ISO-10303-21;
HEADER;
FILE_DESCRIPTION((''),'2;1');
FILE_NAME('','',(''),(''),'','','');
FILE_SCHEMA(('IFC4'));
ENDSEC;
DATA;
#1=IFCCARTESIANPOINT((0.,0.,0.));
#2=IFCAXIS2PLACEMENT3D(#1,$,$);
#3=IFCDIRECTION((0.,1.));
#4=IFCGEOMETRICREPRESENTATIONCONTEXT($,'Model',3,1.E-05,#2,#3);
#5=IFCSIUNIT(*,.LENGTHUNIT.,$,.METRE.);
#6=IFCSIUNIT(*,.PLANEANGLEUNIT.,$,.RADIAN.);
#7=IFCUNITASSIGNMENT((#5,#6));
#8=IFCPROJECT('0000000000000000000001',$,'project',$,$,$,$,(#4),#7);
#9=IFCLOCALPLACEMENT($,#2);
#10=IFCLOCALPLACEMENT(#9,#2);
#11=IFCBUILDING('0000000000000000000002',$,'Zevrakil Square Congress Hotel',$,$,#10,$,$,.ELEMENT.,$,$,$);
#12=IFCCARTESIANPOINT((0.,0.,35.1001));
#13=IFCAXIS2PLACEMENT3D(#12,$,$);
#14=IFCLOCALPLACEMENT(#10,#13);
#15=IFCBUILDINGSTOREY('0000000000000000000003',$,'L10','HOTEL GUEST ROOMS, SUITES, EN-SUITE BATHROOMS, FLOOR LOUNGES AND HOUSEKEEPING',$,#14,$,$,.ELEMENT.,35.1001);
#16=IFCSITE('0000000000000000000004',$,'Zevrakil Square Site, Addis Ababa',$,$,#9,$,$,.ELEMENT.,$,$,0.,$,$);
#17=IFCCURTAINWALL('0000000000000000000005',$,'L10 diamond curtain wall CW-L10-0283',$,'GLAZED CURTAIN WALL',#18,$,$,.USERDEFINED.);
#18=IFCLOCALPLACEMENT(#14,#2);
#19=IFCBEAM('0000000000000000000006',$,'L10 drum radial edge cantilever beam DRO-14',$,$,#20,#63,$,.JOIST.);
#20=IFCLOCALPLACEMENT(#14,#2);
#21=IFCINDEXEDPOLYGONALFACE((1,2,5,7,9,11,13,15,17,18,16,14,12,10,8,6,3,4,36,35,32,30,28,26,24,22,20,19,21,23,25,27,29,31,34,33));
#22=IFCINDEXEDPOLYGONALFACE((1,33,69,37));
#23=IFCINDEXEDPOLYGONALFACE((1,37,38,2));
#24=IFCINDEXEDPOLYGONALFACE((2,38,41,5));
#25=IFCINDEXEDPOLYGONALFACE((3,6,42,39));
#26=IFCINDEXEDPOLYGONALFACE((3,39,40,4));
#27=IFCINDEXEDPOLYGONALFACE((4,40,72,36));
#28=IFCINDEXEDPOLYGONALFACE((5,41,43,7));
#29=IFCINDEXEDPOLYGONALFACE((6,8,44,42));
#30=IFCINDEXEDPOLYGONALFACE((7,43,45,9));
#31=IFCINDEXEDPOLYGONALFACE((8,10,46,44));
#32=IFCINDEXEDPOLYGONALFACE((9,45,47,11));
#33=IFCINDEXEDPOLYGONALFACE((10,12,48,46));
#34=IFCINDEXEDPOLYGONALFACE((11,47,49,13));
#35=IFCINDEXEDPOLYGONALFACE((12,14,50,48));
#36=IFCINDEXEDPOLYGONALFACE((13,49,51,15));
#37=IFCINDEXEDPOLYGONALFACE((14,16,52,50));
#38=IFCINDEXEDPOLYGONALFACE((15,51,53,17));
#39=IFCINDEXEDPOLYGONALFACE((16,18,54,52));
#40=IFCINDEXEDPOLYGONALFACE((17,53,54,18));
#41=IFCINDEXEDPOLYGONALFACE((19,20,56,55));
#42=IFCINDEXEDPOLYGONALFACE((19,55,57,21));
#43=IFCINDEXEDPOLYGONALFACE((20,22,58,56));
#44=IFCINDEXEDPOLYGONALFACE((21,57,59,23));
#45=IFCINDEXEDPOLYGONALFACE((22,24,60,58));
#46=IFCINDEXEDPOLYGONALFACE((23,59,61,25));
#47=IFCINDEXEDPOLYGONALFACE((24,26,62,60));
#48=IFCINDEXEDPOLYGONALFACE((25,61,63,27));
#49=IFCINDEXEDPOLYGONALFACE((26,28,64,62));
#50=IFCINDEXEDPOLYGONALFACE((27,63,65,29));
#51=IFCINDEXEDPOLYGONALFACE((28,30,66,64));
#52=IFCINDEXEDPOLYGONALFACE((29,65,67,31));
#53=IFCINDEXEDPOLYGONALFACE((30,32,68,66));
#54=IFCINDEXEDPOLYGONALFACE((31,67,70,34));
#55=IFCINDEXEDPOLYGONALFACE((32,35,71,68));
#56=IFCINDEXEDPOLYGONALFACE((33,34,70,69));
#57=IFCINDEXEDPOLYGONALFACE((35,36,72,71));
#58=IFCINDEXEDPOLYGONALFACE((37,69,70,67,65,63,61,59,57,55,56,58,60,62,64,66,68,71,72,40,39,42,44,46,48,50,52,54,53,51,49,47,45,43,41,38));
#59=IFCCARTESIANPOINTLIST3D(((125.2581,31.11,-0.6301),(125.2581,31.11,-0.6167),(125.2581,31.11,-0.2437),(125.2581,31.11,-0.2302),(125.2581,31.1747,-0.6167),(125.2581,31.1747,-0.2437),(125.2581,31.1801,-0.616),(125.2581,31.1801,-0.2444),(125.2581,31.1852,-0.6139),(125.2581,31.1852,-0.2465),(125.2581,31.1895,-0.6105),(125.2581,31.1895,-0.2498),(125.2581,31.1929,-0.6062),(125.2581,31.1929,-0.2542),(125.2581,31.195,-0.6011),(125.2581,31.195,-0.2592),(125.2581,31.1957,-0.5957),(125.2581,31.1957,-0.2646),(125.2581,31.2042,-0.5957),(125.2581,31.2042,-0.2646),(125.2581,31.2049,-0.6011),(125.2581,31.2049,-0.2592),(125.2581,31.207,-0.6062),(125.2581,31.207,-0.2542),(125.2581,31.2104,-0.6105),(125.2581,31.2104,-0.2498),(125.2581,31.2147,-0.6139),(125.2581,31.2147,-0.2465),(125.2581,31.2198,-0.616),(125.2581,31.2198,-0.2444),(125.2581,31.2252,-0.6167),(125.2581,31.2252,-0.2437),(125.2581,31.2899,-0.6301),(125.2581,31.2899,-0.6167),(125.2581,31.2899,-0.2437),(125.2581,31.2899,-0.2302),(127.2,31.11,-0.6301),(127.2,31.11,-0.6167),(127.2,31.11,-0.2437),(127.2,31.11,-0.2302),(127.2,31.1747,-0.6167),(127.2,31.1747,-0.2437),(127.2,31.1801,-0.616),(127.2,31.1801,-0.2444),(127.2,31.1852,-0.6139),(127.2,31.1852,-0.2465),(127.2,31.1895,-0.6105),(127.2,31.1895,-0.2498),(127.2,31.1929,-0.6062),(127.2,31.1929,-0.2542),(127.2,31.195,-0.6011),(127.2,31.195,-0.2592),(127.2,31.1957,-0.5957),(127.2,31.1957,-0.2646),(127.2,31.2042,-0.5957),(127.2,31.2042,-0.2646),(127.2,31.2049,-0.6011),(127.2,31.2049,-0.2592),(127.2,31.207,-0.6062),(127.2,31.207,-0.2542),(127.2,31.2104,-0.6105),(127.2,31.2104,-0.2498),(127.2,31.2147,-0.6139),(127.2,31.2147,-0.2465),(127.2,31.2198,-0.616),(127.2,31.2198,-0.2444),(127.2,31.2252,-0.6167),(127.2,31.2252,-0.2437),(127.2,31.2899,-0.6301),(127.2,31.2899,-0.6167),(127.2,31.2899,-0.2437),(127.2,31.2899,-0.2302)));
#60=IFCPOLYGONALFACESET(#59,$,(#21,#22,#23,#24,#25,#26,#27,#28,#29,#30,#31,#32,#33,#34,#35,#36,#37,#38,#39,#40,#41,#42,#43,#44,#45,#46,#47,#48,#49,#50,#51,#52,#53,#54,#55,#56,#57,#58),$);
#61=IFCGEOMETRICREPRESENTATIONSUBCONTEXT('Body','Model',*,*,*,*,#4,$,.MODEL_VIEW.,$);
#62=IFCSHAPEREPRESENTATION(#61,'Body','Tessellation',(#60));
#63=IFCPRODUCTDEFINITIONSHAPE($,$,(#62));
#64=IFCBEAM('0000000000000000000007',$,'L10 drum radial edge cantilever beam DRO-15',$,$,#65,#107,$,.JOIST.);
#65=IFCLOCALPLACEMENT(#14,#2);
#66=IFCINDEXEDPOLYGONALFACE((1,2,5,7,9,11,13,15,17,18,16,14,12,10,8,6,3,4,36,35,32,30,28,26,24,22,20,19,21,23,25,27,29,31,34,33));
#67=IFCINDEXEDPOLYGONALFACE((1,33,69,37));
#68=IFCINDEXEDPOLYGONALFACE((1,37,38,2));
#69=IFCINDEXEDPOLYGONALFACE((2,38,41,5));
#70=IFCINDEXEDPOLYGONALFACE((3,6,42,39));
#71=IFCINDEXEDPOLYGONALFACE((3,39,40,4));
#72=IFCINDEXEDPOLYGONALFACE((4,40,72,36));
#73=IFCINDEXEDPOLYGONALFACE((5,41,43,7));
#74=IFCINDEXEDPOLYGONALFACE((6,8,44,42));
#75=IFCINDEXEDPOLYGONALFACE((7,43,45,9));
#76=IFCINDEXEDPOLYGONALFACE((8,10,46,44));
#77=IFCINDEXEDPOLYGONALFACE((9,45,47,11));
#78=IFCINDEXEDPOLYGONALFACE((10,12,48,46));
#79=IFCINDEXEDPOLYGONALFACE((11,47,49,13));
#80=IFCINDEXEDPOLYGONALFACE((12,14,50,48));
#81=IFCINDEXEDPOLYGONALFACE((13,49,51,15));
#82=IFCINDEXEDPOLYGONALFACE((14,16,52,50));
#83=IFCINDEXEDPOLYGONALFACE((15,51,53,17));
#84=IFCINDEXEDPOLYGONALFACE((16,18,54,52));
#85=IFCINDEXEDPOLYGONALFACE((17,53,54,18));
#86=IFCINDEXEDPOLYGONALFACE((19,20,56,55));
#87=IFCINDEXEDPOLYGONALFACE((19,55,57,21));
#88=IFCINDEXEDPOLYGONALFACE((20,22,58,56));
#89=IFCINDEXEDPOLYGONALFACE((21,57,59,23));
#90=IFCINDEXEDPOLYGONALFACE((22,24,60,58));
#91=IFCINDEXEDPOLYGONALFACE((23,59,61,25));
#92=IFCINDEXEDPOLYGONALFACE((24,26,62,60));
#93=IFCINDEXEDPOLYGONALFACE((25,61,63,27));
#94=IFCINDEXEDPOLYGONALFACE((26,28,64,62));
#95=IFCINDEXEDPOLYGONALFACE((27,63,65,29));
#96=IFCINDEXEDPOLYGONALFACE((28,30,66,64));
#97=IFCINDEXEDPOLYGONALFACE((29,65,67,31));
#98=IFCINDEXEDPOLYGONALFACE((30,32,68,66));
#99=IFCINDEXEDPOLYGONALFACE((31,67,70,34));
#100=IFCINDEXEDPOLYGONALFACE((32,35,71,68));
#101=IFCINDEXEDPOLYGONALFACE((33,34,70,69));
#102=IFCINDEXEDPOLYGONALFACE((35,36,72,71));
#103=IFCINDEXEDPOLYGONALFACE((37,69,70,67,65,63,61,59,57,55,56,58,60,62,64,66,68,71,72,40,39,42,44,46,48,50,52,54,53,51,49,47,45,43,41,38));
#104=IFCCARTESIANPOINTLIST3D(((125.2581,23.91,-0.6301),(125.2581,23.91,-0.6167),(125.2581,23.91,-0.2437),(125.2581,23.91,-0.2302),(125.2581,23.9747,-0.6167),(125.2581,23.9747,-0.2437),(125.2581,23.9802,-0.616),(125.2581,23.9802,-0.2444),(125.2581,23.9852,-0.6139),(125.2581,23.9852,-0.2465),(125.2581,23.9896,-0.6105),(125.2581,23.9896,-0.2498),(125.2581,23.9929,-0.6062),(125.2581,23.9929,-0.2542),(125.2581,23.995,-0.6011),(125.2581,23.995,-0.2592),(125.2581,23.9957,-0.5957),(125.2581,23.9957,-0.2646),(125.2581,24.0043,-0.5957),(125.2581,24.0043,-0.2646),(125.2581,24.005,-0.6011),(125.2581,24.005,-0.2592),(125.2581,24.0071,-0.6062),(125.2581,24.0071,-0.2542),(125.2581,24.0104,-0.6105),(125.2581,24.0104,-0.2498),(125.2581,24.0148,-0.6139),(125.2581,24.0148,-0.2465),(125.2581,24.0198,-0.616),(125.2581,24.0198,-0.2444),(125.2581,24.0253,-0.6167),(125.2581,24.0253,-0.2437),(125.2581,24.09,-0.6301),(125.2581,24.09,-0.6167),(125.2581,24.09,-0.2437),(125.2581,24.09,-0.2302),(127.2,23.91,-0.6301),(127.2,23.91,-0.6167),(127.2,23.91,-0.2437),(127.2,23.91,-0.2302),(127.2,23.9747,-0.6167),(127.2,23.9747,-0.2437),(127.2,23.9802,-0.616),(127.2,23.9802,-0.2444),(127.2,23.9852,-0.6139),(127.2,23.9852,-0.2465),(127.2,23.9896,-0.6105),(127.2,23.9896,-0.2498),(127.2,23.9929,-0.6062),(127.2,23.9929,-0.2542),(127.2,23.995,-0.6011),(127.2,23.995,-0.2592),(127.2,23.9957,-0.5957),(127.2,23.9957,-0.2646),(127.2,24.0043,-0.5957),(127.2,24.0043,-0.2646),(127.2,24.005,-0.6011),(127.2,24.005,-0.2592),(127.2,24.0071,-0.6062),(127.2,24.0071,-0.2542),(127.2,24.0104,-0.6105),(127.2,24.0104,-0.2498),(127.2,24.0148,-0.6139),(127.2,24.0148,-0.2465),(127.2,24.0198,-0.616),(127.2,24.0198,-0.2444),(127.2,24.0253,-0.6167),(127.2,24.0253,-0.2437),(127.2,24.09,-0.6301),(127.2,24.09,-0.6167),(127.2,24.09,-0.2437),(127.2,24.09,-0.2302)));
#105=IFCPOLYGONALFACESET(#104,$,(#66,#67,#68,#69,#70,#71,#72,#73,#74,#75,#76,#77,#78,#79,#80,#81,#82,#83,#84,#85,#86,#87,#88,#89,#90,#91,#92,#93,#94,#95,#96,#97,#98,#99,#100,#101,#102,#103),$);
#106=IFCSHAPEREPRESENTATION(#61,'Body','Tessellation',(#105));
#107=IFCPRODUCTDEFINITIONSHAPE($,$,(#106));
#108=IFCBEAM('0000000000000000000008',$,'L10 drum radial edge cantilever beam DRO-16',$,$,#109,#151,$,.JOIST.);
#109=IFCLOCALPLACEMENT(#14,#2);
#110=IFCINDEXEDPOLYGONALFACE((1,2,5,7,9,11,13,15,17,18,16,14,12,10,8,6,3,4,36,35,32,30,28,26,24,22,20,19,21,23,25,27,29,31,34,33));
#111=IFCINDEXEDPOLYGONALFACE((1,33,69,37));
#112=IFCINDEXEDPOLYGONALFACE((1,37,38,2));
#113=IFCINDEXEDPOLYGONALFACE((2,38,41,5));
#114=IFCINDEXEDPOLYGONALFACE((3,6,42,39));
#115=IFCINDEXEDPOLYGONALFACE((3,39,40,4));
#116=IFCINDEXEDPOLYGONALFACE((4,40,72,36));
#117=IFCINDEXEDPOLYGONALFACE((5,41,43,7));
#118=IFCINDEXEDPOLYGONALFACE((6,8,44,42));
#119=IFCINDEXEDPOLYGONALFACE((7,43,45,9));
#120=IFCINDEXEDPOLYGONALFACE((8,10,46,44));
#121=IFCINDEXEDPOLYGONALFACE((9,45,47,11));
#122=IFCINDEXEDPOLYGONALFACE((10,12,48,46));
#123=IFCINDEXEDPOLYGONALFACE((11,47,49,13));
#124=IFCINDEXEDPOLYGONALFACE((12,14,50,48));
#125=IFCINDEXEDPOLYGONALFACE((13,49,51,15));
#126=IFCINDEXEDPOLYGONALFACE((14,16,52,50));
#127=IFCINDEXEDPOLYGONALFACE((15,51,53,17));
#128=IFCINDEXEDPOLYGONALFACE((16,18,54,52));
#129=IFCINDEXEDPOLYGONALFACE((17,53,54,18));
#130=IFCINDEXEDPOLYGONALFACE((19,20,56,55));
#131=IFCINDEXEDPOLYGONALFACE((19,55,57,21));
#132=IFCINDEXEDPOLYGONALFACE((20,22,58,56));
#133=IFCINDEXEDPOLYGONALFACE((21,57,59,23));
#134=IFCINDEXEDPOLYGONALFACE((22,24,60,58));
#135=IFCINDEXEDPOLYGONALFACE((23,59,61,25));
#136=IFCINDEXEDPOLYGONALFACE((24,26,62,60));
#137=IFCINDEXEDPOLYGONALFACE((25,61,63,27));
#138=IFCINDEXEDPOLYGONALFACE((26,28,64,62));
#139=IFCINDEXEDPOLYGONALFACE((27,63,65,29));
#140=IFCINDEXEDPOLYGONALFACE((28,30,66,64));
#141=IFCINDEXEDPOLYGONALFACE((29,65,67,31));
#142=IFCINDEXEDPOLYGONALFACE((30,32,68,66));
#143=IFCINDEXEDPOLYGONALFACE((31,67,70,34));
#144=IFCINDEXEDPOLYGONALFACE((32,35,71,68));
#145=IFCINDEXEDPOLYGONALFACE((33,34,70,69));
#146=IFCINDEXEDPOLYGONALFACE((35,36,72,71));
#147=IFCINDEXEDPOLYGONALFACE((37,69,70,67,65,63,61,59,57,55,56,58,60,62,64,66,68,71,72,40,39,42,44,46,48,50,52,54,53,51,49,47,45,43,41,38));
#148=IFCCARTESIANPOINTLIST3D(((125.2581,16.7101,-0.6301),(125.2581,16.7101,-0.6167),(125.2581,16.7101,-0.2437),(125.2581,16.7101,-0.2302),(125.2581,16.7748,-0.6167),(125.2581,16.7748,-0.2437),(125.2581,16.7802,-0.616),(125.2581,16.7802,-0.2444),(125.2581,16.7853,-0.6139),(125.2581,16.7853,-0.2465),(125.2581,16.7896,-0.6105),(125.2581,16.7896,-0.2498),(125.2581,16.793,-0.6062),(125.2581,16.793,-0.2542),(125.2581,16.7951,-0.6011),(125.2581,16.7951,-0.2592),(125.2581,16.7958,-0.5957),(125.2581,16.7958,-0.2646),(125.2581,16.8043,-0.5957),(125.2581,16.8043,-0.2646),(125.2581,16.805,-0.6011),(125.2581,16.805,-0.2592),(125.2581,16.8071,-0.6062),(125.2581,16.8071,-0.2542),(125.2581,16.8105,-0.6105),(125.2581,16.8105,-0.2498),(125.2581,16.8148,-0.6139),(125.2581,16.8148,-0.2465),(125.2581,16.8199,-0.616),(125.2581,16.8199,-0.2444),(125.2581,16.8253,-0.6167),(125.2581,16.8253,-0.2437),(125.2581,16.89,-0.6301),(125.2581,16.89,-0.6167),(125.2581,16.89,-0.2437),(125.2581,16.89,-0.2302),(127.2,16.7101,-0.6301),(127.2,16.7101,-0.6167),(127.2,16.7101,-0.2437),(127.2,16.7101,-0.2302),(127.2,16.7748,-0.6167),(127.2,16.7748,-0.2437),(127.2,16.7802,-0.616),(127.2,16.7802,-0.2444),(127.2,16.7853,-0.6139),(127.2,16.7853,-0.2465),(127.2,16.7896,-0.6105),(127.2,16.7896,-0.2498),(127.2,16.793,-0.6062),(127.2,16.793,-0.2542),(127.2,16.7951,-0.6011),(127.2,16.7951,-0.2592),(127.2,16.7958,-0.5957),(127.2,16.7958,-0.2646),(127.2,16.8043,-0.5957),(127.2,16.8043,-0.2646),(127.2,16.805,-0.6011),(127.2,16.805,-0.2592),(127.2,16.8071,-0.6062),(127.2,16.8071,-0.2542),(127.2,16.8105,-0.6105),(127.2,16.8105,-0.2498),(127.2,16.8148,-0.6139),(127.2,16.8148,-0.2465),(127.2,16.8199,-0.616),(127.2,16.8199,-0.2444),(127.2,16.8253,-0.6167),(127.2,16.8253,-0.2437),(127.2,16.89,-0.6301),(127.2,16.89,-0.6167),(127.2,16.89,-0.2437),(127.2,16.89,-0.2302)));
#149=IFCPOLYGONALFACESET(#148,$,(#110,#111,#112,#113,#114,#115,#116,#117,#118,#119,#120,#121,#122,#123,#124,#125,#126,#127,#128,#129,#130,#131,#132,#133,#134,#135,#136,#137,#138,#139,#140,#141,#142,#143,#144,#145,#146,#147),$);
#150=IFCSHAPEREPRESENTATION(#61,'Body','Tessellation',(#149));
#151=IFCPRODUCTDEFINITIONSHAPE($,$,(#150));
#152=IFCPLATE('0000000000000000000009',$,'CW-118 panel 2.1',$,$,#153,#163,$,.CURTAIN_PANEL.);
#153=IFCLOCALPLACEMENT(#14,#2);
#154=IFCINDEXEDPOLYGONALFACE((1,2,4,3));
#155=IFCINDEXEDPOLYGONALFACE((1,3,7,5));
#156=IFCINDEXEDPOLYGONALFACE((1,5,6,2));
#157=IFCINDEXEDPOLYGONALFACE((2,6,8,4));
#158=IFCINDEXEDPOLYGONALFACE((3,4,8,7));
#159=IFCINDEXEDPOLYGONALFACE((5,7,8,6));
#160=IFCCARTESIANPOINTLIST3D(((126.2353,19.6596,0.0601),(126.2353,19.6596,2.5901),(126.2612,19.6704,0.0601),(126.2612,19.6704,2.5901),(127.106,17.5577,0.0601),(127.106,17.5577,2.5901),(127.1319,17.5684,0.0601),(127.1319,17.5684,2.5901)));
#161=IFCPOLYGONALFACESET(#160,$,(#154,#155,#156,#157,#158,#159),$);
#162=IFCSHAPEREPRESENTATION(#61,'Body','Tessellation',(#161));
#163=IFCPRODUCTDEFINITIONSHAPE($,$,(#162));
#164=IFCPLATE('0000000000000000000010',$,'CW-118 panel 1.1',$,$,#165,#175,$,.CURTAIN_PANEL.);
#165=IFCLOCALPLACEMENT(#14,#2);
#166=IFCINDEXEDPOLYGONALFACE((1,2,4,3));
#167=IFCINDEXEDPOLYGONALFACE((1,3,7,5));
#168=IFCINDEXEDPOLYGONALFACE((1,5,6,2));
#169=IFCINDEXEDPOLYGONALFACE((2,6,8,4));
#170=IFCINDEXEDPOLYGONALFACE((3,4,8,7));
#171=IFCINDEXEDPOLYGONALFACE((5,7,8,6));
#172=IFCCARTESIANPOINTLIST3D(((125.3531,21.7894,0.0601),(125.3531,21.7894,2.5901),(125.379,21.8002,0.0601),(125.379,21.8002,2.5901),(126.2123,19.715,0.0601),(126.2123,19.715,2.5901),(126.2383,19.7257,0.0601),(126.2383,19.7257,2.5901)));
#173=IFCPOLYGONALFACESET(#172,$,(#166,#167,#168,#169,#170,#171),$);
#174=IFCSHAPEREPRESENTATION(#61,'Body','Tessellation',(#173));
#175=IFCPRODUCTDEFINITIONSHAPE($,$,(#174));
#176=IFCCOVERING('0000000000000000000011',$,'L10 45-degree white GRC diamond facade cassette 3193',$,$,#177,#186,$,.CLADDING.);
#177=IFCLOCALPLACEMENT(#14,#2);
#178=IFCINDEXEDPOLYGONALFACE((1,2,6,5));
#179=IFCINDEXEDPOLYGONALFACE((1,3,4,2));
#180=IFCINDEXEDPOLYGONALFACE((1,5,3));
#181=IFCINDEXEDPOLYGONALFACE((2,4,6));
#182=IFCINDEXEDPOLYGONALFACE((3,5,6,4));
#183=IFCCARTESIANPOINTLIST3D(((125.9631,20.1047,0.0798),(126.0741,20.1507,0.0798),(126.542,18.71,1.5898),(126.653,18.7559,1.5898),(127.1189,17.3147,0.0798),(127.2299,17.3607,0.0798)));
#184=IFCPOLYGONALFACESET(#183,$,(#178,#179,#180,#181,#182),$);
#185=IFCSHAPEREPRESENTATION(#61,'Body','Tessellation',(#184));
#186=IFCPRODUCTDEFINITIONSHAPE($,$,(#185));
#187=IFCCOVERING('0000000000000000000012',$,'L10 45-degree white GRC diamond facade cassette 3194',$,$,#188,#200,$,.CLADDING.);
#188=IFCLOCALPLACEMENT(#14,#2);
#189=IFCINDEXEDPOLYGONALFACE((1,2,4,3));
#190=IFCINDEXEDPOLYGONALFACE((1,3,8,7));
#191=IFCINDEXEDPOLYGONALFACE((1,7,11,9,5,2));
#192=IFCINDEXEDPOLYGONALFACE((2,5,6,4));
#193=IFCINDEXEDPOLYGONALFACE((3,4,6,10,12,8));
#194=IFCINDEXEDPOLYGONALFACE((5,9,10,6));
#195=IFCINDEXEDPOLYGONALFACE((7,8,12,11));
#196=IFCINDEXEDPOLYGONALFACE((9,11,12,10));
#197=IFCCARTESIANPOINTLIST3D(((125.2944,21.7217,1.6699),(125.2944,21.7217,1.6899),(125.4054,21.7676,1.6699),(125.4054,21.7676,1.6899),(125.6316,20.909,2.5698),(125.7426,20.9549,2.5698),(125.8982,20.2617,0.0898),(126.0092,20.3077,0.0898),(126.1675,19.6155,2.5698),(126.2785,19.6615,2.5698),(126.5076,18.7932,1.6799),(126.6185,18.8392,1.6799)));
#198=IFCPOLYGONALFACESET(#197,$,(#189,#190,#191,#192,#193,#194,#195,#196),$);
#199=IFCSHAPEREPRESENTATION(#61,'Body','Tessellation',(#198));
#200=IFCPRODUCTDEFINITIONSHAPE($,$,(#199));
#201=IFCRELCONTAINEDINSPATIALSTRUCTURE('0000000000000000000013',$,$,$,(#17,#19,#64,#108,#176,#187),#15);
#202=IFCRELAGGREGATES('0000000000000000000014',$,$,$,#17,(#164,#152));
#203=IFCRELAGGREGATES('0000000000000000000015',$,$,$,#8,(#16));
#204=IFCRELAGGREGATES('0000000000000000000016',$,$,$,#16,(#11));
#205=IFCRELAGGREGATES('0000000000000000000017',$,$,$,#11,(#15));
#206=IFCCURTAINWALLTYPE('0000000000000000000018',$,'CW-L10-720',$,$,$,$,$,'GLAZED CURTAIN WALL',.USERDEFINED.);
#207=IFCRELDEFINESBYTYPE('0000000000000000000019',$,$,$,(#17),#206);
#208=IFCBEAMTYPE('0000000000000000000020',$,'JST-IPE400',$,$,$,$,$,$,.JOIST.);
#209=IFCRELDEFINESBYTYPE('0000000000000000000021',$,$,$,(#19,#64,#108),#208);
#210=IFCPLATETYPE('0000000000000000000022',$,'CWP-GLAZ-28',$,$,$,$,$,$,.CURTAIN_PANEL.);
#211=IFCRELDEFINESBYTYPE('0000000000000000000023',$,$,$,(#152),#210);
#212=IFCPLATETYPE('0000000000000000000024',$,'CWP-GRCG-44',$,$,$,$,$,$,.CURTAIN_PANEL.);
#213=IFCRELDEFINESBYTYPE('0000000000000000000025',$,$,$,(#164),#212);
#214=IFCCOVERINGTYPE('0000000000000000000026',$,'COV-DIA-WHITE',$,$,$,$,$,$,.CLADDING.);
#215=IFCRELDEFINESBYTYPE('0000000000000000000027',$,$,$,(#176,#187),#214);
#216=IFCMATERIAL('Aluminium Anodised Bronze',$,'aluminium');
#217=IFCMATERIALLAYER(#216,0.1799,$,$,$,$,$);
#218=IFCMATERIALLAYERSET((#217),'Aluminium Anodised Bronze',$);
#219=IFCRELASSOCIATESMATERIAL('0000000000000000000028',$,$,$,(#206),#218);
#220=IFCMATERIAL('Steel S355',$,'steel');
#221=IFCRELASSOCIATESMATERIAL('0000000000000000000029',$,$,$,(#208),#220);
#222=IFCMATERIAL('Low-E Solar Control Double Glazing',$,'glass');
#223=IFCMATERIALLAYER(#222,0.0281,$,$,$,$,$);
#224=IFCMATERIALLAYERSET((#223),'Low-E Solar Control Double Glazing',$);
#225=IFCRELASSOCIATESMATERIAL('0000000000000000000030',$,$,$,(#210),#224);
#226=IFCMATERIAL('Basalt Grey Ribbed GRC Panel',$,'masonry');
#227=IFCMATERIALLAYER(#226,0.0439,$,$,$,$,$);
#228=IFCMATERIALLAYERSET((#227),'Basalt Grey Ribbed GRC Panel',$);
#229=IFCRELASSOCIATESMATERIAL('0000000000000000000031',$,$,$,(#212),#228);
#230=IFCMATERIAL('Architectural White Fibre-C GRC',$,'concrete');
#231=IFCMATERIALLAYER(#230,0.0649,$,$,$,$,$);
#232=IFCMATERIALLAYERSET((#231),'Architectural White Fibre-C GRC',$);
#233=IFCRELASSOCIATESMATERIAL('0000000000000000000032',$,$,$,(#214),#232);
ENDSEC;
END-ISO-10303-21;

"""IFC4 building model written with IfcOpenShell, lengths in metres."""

from ifc_helpers import new_model, si_unit, direction, frame, origin, origin_2d, place, context, subcontext, project, spatial, polyline, rectangle, i_section, outline, extrude, material, layer, layer_set, material_profile, profile_set, type_object, element, aggregate, save


model = new_model("IFC4")

# Units and contexts
model_context = context("Model", 3, precision=1e-05, world=origin(), true_north=direction((0.0, 1.0)))
body_context = subcontext(model_context, "Body", "Model", "MODEL_VIEW")
ifc_project = project(units=[si_unit("LENGTHUNIT", "METRE"), si_unit("PLANEANGLEUNIT", "RADIAN")], contexts=[model_context])

# Site, building, storey
site_placement = place(None, origin())
site = spatial("IfcSite", under=ifc_project, at=site_placement, Name="Zevrakil Square Site, Addis Ababa", CompositionType="ELEMENT", RefElevation=0.0)
building_placement = place(site_placement, origin())
building = spatial("IfcBuilding", under=site, at=building_placement, Name="Zevrakil Square Congress Hotel", CompositionType="ELEMENT")
storey_placement = place(building_placement, frame((0.0, 0.0, 35.1001)))
storey = spatial("IfcBuildingStorey", under=building, at=storey_placement, Name="L10", Description="HOTEL GUEST ROOMS, SUITES, EN-SUITE BATHROOMS, FLOOR LOUNGES AND HOUSEKEEPING", CompositionType="ELEMENT", Elevation=35.1001)

# Curtain wall
ifc_material_1 = material(Name="Aluminium Anodised Bronze", Category="aluminium")
ifc_layer_1 = layer(ifc_material_1, 0.1799)
ifc_layer_set_1 = layer_set([ifc_layer_1], Name="Aluminium Anodised Bronze")
curtain_wall_type = type_object("IfcCurtainWallType", Name="CW-L10-720", ElementType="GLAZED CURTAIN WALL", PredefinedType="USERDEFINED", material=ifc_layer_set_1)
curtain_wall_placement = place(storey_placement, origin())
curtain_wall = element("IfcCurtainWall", 1, at=curtain_wall_placement, inside=storey, type_object=curtain_wall_type, Name="L10 diamond curtain wall CW-L10-0283", ObjectType="GLAZED CURTAIN WALL", PredefinedType="USERDEFINED")

# Beams
ifc_material_2 = material(Name="Steel S355", Category="steel")
ifc_material_profile_1 = material_profile(ifc_material_2, i_section(OverallWidth=0.1799, OverallDepth=0.3999, WebThickness=0.0085, FlangeThickness=0.0134, FilletRadius=0.021, at=origin_2d()), Name="IPE 400")
ifc_profile_set_1 = profile_set([ifc_material_profile_1], Name="Steel S355")
beam_type_1 = type_object("IfcBeamType", Name="JST-IPE400", PredefinedType="JOIST", material=ifc_profile_set_1)
for number, where, z_axis, x_axis, name in (
    (2, (127.2, 31.2, -0.4302), (-1.0, 0.0, 0.0), (0.0, -1.0, 0.0), "L10 drum radial edge cantilever beam DRO-14"),
    (3, (127.2, 24.0, -0.4302), (-1.0, 0.0, 0.0), (0.0, -1.0, 0.0), "L10 drum radial edge cantilever beam DRO-15"),
    (4, (127.2, 16.8, -0.4302), (-1.0, 0.0, 0.0), (0.0, -1.0, 0.0), "L10 drum radial edge cantilever beam DRO-16"),
):
    element("IfcBeam", number, at=place(storey_placement, frame(where, z_axis=z_axis, x_axis=x_axis)), inside=storey, type_object=beam_type_1, Name=name, PredefinedType="JOIST", context=body_context, shape_type="SweptSolid", body=[
        extrude(i_section(OverallWidth=0.1799, OverallDepth=0.3999, WebThickness=0.0085, FlangeThickness=0.0134, FilletRadius=0.021, at=origin_2d()), origin(), (0.0, 0.0, 1.0), 1.9419),
    ])

# Plates
ifc_material_3 = material(Name="Low-E Solar Control Double Glazing", Category="glass")
ifc_layer_2 = layer(ifc_material_3, 0.0281)
ifc_layer_set_2 = layer_set([ifc_layer_2], Name="Low-E Solar Control Double Glazing")
plate_type_1 = type_object("IfcPlateType", Name="CWP-GLAZ-28", PredefinedType="CURTAIN_PANEL", material=ifc_layer_set_2)
plate_1_placement = place(storey_placement, frame((126.6836, 18.614, 0.0601), z_axis=(0.0, 0.0, 1.0), x_axis=(0.382684, -0.923879, 0.0)))
plate_1 = element("IfcPlate", 5, at=plate_1_placement, type_object=plate_type_1, Name="CW-118 panel 2.1", PredefinedType="CURTAIN_PANEL", context=body_context, shape_type="SweptSolid", body=[
    extrude(rectangle(XDim=2.2751, YDim=0.0281, at=origin_2d()), origin(), (0.0, 0.0, 1.0), 2.53),
])
ifc_material_4 = material(Name="Basalt Grey Ribbed GRC Panel", Category="masonry")
ifc_layer_3 = layer(ifc_material_4, 0.0439)
ifc_layer_set_3 = layer_set([ifc_layer_3], Name="Basalt Grey Ribbed GRC Panel")
plate_type_2 = type_object("IfcPlateType", Name="CWP-GRCG-44", PredefinedType="CURTAIN_PANEL", material=ifc_layer_set_3)
plate_2_placement = place(storey_placement, frame((125.7957, 20.7576, 0.0601), z_axis=(0.0, 0.0, 1.0), x_axis=(0.382684, -0.923879, 0.0)))
plate_2 = element("IfcPlate", 6, at=plate_2_placement, type_object=plate_type_2, Name="CW-118 panel 1.1", PredefinedType="CURTAIN_PANEL", context=body_context, shape_type="SweptSolid", body=[
    extrude(rectangle(XDim=2.2454, YDim=0.0281, at=origin_2d()), origin(), (0.0, 0.0, 1.0), 2.53),
])
aggregate(curtain_wall, [plate_2, plate_1])

# Coverings
ifc_material_5 = material(Name="Architectural White Fibre-C GRC", Category="concrete")
ifc_layer_4 = layer(ifc_material_5, 0.0649)
ifc_layer_set_4 = layer_set([ifc_layer_4], Name="Architectural White Fibre-C GRC")
covering_type_1 = type_object("IfcCoveringType", Name="COV-DIA-WHITE", PredefinedType="CLADDING", material=ifc_layer_set_4)
covering_1_placement = place(storey_placement, frame((126.542, 18.71, 1.5898), z_axis=(-0.923869, -0.382709, 0.000659), x_axis=(0.270169, -0.653413, -0.707149)))
element("IfcCovering", 7, at=covering_1_placement, inside=storey, type_object=covering_type_1, Name="L10 45-degree white GRC diamond facade cassette 3193", PredefinedType="CLADDING", context=body_context, shape_type="SweptSolid", body=[
    extrude(outline(polyline([(0.0, 0.0), (2.1353, 0.0), (0.0, -2.1356), (0.0, 0.0)])), origin(), (0.0, 0.0, -1.0), 0.1201),
])
covering_2_placement = place(storey_placement, frame((126.5076, 18.7932, 1.6799), z_axis=(-0.923863, -0.382722, 0.000567), x_axis=(-0.270982, 0.653082, -0.707144)))
element("IfcCovering", 8, at=covering_2_placement, inside=storey, type_object=covering_type_1, Name="L10 45-degree white GRC diamond facade cassette 3194", PredefinedType="CLADDING", context=body_context, shape_type="SweptSolid", body=[
    extrude(outline(polyline([(0.0, 0.0), (2.2486, 0.0), (2.2483, -2.2344), (2.2342, -2.2486), (0.9898, -2.2485), (-0.0001, -1.2584), (0.0, 0.0)])), origin(), (0.0, 0.0, -1.0), 0.1201),
])

save(model, "model.ifc")
